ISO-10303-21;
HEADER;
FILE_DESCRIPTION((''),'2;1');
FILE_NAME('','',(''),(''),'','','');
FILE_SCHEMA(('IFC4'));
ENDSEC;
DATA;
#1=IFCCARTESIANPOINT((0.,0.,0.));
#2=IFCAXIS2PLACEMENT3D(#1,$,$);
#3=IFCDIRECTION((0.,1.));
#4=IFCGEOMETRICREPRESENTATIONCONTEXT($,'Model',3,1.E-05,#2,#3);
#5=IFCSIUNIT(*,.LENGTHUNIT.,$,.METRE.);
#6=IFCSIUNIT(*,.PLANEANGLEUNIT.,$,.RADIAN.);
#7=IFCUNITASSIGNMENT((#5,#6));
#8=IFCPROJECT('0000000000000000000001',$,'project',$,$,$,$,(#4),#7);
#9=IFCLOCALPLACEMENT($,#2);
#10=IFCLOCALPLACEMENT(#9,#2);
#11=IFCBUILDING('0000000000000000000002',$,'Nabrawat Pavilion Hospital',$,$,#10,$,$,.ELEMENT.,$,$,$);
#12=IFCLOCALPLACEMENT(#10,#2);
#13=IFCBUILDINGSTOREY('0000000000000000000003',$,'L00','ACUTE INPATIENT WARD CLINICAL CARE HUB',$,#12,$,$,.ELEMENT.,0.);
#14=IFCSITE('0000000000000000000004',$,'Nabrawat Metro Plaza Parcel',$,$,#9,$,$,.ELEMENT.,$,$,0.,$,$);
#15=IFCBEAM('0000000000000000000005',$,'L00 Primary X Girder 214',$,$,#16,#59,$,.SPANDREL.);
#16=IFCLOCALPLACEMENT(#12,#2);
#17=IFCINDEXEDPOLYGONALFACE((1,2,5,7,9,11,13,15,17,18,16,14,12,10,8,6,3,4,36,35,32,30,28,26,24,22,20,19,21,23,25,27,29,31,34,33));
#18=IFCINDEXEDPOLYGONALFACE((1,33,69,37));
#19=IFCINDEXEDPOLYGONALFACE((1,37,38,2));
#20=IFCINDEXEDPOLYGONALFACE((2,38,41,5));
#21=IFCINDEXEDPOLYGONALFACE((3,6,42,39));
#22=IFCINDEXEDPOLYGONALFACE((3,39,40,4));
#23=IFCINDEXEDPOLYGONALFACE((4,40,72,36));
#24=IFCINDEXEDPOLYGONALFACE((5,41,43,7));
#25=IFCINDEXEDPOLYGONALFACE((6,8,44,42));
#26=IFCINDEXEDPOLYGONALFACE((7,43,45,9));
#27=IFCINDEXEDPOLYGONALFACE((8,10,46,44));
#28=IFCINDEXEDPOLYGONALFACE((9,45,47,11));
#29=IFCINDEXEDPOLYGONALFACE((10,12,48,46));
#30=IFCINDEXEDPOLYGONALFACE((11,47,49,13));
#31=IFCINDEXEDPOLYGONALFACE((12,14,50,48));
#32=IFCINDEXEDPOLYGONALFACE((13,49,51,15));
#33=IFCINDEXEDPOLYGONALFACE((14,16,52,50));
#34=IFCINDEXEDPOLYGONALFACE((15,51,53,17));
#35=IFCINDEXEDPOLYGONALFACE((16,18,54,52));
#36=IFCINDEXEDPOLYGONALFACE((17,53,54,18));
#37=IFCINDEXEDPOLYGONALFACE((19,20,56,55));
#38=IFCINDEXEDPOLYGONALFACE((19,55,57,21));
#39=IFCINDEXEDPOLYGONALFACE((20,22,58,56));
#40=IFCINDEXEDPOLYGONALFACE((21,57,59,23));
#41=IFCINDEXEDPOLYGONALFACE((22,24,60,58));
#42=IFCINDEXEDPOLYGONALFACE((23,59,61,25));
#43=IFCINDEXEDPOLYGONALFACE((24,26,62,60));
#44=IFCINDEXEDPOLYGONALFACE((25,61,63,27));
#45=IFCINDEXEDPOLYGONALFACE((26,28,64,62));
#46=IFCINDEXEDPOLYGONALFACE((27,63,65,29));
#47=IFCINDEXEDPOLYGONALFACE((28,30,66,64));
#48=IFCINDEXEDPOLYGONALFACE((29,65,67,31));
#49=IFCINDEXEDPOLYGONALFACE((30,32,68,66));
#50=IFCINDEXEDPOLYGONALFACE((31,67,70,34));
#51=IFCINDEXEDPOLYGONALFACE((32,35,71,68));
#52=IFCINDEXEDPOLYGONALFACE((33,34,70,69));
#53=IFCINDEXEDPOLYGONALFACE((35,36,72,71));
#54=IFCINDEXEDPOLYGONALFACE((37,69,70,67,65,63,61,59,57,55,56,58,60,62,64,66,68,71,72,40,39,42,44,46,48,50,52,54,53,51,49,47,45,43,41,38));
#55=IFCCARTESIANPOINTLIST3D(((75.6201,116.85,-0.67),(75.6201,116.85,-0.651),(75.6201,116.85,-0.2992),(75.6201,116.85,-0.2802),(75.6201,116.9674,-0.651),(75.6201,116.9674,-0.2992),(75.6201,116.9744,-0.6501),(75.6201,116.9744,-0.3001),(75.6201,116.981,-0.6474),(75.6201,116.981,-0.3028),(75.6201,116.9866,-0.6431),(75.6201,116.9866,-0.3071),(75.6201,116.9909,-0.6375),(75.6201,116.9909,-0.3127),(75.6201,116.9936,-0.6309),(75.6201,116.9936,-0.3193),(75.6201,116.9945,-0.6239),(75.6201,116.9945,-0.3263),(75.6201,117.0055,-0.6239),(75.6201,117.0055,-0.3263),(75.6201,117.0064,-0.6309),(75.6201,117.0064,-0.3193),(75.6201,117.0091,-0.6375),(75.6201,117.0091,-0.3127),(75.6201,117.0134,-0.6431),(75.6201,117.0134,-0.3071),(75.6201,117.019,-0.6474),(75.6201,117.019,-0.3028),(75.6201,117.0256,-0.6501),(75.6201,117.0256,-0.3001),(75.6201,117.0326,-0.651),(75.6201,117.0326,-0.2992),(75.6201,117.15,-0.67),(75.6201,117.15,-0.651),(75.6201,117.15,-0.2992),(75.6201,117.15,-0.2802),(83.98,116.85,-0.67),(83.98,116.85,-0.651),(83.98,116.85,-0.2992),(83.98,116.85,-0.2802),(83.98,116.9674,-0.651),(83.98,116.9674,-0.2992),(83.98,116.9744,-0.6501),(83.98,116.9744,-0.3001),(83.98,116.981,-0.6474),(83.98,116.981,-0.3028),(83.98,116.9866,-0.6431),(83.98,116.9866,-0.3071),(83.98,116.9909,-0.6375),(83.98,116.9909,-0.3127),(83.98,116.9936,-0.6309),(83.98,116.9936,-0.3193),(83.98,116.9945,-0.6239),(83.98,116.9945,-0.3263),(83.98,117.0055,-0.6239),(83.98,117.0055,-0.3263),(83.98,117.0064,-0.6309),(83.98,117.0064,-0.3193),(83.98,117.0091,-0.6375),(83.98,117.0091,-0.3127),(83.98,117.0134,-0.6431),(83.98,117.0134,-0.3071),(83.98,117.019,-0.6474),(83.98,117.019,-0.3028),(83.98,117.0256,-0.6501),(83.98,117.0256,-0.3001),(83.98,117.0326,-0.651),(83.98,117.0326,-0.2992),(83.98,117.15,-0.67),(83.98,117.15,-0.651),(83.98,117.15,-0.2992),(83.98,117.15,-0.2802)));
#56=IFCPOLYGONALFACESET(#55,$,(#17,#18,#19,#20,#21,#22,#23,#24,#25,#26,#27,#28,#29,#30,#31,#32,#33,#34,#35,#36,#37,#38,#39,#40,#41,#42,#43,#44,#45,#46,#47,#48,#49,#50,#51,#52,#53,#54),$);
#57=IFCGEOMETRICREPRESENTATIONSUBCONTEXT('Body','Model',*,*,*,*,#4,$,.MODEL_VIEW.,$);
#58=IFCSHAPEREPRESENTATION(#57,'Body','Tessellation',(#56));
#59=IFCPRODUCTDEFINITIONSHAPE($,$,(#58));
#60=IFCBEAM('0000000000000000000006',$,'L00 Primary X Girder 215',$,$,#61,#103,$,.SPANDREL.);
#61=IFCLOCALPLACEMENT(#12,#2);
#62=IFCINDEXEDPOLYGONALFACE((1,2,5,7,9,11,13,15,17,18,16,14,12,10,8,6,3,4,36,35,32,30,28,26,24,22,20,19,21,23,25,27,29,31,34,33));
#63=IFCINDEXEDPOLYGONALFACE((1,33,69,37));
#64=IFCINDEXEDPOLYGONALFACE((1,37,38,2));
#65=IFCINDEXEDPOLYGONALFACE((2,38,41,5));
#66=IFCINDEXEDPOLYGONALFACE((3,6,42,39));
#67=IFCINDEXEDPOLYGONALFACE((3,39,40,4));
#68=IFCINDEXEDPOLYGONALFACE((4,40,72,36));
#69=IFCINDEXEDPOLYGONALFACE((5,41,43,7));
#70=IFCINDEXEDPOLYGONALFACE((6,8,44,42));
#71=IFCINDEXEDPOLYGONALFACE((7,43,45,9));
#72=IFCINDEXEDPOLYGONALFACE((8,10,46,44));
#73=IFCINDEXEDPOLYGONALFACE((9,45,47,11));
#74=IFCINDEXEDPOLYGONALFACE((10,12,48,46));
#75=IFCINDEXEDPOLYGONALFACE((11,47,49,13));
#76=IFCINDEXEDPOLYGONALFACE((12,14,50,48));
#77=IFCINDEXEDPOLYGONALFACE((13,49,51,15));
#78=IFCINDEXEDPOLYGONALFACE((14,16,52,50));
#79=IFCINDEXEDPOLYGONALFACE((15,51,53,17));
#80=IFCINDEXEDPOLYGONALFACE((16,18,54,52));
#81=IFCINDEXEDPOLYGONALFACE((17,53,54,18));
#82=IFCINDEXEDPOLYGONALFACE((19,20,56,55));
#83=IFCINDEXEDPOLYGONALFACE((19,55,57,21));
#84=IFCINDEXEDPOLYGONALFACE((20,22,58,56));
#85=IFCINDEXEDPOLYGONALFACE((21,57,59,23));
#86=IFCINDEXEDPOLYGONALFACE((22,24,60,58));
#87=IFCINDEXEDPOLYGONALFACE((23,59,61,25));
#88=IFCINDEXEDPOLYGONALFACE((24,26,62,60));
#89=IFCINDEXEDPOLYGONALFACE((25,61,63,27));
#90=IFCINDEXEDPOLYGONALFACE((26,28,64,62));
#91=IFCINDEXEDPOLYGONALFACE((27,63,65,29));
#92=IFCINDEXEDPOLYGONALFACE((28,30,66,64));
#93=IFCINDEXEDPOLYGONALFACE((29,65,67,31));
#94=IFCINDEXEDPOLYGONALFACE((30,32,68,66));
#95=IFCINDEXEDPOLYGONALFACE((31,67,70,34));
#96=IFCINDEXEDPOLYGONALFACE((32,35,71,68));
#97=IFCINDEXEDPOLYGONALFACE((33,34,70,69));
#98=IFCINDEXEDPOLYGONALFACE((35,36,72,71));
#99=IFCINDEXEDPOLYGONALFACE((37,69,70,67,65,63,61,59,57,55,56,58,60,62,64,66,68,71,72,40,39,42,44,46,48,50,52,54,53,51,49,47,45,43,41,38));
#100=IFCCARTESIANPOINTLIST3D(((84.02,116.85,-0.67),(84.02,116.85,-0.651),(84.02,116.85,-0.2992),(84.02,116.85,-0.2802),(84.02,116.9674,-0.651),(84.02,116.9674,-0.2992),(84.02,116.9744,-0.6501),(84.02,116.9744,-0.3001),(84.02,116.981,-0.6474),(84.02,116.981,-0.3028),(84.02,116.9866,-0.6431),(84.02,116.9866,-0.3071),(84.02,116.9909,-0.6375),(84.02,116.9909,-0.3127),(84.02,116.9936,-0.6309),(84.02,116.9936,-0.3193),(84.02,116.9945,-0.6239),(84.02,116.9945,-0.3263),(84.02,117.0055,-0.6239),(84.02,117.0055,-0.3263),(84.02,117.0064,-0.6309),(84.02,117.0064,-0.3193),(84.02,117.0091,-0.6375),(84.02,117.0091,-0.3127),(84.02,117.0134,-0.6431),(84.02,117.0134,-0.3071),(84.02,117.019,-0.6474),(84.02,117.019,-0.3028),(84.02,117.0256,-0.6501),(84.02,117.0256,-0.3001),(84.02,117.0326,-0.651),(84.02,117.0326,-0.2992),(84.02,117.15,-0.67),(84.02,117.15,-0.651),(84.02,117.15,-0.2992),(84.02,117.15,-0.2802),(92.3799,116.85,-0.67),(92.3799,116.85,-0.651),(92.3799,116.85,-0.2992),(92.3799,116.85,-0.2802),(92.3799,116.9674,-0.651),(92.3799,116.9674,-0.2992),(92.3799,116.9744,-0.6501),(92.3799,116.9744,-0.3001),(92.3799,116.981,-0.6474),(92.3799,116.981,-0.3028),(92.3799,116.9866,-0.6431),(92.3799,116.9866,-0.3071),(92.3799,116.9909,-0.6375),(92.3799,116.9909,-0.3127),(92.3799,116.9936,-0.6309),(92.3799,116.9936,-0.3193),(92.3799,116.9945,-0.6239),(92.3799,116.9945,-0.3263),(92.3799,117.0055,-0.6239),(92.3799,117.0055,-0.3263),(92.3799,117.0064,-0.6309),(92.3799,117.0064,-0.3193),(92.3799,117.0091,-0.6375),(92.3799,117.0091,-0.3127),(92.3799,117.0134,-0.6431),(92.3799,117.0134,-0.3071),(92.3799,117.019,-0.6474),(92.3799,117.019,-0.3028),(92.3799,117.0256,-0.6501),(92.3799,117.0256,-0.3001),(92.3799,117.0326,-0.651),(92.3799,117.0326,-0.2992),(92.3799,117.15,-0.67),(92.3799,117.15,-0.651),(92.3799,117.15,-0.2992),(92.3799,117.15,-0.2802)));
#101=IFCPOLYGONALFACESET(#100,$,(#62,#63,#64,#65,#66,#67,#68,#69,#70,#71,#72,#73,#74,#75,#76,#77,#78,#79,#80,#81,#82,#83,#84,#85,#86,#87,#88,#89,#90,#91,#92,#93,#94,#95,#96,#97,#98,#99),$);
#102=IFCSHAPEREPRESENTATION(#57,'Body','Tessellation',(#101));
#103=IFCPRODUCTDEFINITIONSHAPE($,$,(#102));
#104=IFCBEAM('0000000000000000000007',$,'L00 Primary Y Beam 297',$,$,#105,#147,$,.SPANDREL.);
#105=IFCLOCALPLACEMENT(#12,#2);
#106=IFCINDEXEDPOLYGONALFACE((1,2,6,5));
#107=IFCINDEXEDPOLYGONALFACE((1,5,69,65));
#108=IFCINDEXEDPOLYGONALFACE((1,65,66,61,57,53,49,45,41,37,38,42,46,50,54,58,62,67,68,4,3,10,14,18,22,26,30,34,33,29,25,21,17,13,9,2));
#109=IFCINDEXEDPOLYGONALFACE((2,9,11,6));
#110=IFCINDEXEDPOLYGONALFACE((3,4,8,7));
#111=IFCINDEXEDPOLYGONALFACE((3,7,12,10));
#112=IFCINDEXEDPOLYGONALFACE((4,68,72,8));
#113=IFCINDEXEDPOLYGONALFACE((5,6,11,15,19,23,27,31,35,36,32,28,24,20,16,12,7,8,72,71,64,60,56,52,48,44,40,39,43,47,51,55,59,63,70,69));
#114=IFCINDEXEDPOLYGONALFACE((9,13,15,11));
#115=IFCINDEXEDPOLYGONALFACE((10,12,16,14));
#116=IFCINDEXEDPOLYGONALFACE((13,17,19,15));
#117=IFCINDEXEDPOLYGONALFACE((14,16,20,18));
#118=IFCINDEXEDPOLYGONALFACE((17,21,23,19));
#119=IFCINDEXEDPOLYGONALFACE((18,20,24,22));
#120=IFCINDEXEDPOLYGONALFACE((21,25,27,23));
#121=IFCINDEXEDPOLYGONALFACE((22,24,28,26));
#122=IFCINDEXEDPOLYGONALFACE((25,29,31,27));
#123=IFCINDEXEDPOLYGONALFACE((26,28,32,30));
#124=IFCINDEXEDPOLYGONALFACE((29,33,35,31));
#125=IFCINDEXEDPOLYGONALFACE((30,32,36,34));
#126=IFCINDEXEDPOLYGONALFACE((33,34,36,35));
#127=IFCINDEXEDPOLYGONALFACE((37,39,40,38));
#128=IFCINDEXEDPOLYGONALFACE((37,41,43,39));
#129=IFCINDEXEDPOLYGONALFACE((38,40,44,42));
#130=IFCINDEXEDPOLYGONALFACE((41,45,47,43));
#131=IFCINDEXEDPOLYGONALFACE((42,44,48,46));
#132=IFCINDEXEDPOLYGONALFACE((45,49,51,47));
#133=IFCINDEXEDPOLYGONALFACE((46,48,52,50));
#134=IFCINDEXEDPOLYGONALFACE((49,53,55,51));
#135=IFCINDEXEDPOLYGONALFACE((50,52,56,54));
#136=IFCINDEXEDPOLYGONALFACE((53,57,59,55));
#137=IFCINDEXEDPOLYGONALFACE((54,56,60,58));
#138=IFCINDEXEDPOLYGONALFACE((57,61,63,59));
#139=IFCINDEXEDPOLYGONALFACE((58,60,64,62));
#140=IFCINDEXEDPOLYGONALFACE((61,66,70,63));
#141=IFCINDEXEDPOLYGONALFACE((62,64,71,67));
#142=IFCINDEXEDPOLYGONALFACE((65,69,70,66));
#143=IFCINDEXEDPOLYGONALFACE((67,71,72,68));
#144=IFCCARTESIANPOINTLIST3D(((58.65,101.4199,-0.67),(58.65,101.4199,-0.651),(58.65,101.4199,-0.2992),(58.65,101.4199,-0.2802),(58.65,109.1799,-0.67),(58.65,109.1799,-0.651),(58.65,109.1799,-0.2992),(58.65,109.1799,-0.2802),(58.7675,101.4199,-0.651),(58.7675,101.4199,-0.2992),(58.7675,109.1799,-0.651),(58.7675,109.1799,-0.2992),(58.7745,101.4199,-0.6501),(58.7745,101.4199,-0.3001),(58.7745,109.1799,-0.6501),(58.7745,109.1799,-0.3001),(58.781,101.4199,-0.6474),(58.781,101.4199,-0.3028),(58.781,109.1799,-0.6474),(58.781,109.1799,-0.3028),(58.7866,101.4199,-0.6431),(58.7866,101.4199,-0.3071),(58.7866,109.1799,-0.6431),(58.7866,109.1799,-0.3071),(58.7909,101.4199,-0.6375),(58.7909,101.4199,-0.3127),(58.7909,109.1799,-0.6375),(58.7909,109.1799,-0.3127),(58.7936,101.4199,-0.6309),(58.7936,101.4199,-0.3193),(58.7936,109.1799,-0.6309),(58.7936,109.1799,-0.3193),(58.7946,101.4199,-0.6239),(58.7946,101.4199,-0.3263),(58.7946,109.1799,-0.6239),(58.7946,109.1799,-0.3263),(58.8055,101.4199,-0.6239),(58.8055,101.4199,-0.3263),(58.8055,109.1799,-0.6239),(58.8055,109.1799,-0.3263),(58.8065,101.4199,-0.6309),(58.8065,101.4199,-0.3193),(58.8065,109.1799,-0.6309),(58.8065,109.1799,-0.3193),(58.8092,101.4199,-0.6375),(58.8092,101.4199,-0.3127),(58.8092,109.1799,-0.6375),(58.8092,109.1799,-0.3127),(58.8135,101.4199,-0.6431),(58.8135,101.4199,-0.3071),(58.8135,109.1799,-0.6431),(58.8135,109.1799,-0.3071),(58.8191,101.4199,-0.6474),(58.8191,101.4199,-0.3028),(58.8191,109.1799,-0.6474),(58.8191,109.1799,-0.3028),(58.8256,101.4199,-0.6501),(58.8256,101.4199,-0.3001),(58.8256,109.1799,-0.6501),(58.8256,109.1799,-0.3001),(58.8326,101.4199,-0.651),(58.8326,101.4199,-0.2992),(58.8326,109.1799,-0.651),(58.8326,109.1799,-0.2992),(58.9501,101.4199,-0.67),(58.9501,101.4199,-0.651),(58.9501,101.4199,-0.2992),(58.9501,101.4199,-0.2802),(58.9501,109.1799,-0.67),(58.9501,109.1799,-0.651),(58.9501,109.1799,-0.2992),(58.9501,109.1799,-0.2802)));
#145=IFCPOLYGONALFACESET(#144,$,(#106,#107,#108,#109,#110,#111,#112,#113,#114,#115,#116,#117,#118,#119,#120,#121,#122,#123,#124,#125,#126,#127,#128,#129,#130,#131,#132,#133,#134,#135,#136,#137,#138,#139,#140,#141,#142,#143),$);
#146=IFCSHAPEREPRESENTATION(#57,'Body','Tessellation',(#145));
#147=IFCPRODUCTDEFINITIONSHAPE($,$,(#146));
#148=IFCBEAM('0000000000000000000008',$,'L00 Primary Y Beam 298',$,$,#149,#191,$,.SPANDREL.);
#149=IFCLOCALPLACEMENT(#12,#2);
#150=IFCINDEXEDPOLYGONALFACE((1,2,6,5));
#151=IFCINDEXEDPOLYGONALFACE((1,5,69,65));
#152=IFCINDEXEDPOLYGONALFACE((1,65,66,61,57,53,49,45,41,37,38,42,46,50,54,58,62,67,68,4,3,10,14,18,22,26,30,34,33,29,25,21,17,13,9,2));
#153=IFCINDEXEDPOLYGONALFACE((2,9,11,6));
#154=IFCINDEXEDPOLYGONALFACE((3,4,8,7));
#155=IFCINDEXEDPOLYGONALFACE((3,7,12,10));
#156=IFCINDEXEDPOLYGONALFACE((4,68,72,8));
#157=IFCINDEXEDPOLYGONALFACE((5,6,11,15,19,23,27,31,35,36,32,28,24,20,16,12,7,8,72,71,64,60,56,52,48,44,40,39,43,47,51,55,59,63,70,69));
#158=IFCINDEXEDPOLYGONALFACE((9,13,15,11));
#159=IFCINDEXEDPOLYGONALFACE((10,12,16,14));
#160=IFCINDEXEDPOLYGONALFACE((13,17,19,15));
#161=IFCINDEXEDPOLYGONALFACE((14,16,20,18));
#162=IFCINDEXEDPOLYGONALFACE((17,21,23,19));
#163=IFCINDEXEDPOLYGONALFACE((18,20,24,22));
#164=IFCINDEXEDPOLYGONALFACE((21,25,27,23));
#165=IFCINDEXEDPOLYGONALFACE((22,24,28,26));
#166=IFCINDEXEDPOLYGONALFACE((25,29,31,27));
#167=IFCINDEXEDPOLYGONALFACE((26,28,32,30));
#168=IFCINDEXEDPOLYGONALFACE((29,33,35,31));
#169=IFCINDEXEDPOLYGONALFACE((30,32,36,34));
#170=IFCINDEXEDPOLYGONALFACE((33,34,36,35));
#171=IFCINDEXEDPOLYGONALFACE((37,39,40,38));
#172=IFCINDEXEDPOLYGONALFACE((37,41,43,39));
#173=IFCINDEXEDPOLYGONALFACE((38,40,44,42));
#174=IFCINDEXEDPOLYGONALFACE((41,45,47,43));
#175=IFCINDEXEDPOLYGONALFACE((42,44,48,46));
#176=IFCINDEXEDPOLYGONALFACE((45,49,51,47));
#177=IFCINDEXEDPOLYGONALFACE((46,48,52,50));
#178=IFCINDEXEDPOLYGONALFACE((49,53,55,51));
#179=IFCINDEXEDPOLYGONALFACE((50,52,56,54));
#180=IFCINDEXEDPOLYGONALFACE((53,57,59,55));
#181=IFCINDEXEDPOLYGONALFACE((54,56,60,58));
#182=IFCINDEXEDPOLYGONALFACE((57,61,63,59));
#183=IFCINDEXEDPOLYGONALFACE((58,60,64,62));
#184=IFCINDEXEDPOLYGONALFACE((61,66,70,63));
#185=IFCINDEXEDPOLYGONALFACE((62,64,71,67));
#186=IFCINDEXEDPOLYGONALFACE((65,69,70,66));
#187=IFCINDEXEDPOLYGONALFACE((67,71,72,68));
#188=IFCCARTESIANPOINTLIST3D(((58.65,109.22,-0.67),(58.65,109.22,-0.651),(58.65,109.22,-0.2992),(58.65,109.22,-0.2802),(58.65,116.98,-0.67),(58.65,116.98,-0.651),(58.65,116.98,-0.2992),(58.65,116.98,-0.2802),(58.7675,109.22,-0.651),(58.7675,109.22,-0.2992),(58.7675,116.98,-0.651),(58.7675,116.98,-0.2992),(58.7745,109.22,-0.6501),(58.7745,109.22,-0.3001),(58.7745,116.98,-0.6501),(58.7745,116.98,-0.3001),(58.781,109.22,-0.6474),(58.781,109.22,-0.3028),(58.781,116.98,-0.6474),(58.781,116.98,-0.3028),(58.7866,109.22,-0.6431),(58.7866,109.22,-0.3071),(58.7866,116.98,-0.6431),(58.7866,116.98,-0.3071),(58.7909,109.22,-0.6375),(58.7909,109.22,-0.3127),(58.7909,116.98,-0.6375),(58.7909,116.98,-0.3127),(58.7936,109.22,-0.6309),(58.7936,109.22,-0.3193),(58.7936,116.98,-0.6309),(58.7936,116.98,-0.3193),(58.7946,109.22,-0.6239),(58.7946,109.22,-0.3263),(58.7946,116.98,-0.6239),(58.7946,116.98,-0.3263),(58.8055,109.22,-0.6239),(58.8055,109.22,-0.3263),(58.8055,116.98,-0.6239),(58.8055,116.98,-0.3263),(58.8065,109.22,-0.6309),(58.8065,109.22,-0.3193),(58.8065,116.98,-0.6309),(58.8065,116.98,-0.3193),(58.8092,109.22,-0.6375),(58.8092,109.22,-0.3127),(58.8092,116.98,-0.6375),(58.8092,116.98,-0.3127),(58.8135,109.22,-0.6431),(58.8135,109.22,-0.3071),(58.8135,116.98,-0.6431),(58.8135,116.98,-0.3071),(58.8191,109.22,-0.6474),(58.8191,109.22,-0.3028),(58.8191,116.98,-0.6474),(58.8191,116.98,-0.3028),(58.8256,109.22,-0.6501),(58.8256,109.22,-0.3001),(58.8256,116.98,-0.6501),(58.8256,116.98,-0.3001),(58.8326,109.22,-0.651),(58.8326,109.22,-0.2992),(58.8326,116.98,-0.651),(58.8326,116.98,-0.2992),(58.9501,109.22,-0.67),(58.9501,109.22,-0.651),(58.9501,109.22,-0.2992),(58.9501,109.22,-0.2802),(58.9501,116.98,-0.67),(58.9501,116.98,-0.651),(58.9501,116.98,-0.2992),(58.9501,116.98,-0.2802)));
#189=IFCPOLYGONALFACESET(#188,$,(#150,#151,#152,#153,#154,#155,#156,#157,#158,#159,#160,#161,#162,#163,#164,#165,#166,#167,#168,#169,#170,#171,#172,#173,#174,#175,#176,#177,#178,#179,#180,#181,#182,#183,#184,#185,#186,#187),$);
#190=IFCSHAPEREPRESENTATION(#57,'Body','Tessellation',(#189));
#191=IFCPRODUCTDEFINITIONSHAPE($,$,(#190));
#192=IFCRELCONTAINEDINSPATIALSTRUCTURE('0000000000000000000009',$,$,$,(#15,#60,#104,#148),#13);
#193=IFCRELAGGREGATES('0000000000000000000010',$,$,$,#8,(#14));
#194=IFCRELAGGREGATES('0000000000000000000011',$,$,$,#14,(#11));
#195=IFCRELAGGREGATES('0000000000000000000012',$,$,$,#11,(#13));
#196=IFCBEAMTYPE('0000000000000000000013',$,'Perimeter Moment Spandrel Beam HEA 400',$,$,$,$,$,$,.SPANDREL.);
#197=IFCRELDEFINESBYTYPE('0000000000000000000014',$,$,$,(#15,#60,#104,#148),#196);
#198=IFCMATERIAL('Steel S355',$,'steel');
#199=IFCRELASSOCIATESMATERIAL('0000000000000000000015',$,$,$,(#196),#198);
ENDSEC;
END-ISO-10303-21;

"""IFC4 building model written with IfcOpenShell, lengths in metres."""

from ifc_helpers import new_model, si_unit, direction, frame, origin, origin_2d, place, context, subcontext, project, spatial, i_section, extrude, material, material_profile, profile_set, type_object, element, save


model = new_model("IFC4")

# Units and contexts
model_context = context("Model", 3, precision=1e-05, world=origin(), true_north=direction((0.0, 1.0)))
body_context = subcontext(model_context, "Body", "Model", "MODEL_VIEW")
ifc_project = project(units=[si_unit("LENGTHUNIT", "METRE"), si_unit("PLANEANGLEUNIT", "RADIAN")], contexts=[model_context])

# Site, building, storey
site_placement = place(None, origin())
site = spatial("IfcSite", under=ifc_project, at=site_placement, Name="Nabrawat Metro Plaza Parcel", CompositionType="ELEMENT", RefElevation=0.0)
building_placement = place(site_placement, origin())
building = spatial("IfcBuilding", under=site, at=building_placement, Name="Nabrawat Pavilion Hospital", CompositionType="ELEMENT")
storey_placement = place(building_placement, origin())
storey = spatial("IfcBuildingStorey", under=building, at=storey_placement, Name="L00", Description="ACUTE INPATIENT WARD CLINICAL CARE HUB", CompositionType="ELEMENT", Elevation=0.0)

# Shared definitions
ifc_material_1 = material(Name="Steel S355", Category="steel")

# Beams
ifc_material_profile_1 = material_profile(ifc_material_1, i_section(OverallWidth=0.3, OverallDepth=0.3899, WebThickness=0.011, FlangeThickness=0.019, FilletRadius=0.0271, at=origin_2d()), Name="HEA 400")
ifc_profile_set_1 = profile_set([ifc_material_profile_1], Name="Steel S355")
beam_type_1 = type_object("IfcBeamType", Name="Perimeter Moment Spandrel Beam HEA 400", PredefinedType="SPANDREL", material=ifc_profile_set_1)
for number, where, z_axis, x_axis, name in (
    (1, (75.6201, 117.0, -0.4751), (1.0, 0.0, 0.0), (0.0, 1.0, 0.0), "L00 Primary X Girder 214"),
    (2, (84.02, 117.0, -0.4751), (1.0, 0.0, 0.0), (0.0, 1.0, 0.0), "L00 Primary X Girder 215"),
):
    element("IfcBeam", number, at=place(storey_placement, frame(where, z_axis=z_axis, x_axis=x_axis)), inside=storey, type_object=beam_type_1, Name=name, PredefinedType="SPANDREL", context=body_context, shape_type="SweptSolid", body=[
        extrude(i_section(OverallWidth=0.3, OverallDepth=0.3899, WebThickness=0.011, FlangeThickness=0.019, FilletRadius=0.0271, at=origin_2d()), origin(), (0.0, 0.0, 1.0), 8.3599),
    ])
for number, where, z_axis, x_axis, name in (
    (3, (58.8, 101.4199, -0.4751), (0.0, 1.0, 0.0), (-1.0, 0.0, 0.0), "L00 Primary Y Beam 297"),
    (4, (58.8, 109.22, -0.4751), (0.0, 1.0, 0.0), (-1.0, 0.0, 0.0), "L00 Primary Y Beam 298"),
):
    element("IfcBeam", number, at=place(storey_placement, frame(where, z_axis=z_axis, x_axis=x_axis)), inside=storey, type_object=beam_type_1, Name=name, PredefinedType="SPANDREL", context=body_context, shape_type="SweptSolid", body=[
        extrude(i_section(OverallWidth=0.3, OverallDepth=0.3899, WebThickness=0.011, FlangeThickness=0.019, FilletRadius=0.0271, at=origin_2d()), origin(), (0.0, 0.0, 1.0), 7.76),
    ])

save(model, "model.ifc")
